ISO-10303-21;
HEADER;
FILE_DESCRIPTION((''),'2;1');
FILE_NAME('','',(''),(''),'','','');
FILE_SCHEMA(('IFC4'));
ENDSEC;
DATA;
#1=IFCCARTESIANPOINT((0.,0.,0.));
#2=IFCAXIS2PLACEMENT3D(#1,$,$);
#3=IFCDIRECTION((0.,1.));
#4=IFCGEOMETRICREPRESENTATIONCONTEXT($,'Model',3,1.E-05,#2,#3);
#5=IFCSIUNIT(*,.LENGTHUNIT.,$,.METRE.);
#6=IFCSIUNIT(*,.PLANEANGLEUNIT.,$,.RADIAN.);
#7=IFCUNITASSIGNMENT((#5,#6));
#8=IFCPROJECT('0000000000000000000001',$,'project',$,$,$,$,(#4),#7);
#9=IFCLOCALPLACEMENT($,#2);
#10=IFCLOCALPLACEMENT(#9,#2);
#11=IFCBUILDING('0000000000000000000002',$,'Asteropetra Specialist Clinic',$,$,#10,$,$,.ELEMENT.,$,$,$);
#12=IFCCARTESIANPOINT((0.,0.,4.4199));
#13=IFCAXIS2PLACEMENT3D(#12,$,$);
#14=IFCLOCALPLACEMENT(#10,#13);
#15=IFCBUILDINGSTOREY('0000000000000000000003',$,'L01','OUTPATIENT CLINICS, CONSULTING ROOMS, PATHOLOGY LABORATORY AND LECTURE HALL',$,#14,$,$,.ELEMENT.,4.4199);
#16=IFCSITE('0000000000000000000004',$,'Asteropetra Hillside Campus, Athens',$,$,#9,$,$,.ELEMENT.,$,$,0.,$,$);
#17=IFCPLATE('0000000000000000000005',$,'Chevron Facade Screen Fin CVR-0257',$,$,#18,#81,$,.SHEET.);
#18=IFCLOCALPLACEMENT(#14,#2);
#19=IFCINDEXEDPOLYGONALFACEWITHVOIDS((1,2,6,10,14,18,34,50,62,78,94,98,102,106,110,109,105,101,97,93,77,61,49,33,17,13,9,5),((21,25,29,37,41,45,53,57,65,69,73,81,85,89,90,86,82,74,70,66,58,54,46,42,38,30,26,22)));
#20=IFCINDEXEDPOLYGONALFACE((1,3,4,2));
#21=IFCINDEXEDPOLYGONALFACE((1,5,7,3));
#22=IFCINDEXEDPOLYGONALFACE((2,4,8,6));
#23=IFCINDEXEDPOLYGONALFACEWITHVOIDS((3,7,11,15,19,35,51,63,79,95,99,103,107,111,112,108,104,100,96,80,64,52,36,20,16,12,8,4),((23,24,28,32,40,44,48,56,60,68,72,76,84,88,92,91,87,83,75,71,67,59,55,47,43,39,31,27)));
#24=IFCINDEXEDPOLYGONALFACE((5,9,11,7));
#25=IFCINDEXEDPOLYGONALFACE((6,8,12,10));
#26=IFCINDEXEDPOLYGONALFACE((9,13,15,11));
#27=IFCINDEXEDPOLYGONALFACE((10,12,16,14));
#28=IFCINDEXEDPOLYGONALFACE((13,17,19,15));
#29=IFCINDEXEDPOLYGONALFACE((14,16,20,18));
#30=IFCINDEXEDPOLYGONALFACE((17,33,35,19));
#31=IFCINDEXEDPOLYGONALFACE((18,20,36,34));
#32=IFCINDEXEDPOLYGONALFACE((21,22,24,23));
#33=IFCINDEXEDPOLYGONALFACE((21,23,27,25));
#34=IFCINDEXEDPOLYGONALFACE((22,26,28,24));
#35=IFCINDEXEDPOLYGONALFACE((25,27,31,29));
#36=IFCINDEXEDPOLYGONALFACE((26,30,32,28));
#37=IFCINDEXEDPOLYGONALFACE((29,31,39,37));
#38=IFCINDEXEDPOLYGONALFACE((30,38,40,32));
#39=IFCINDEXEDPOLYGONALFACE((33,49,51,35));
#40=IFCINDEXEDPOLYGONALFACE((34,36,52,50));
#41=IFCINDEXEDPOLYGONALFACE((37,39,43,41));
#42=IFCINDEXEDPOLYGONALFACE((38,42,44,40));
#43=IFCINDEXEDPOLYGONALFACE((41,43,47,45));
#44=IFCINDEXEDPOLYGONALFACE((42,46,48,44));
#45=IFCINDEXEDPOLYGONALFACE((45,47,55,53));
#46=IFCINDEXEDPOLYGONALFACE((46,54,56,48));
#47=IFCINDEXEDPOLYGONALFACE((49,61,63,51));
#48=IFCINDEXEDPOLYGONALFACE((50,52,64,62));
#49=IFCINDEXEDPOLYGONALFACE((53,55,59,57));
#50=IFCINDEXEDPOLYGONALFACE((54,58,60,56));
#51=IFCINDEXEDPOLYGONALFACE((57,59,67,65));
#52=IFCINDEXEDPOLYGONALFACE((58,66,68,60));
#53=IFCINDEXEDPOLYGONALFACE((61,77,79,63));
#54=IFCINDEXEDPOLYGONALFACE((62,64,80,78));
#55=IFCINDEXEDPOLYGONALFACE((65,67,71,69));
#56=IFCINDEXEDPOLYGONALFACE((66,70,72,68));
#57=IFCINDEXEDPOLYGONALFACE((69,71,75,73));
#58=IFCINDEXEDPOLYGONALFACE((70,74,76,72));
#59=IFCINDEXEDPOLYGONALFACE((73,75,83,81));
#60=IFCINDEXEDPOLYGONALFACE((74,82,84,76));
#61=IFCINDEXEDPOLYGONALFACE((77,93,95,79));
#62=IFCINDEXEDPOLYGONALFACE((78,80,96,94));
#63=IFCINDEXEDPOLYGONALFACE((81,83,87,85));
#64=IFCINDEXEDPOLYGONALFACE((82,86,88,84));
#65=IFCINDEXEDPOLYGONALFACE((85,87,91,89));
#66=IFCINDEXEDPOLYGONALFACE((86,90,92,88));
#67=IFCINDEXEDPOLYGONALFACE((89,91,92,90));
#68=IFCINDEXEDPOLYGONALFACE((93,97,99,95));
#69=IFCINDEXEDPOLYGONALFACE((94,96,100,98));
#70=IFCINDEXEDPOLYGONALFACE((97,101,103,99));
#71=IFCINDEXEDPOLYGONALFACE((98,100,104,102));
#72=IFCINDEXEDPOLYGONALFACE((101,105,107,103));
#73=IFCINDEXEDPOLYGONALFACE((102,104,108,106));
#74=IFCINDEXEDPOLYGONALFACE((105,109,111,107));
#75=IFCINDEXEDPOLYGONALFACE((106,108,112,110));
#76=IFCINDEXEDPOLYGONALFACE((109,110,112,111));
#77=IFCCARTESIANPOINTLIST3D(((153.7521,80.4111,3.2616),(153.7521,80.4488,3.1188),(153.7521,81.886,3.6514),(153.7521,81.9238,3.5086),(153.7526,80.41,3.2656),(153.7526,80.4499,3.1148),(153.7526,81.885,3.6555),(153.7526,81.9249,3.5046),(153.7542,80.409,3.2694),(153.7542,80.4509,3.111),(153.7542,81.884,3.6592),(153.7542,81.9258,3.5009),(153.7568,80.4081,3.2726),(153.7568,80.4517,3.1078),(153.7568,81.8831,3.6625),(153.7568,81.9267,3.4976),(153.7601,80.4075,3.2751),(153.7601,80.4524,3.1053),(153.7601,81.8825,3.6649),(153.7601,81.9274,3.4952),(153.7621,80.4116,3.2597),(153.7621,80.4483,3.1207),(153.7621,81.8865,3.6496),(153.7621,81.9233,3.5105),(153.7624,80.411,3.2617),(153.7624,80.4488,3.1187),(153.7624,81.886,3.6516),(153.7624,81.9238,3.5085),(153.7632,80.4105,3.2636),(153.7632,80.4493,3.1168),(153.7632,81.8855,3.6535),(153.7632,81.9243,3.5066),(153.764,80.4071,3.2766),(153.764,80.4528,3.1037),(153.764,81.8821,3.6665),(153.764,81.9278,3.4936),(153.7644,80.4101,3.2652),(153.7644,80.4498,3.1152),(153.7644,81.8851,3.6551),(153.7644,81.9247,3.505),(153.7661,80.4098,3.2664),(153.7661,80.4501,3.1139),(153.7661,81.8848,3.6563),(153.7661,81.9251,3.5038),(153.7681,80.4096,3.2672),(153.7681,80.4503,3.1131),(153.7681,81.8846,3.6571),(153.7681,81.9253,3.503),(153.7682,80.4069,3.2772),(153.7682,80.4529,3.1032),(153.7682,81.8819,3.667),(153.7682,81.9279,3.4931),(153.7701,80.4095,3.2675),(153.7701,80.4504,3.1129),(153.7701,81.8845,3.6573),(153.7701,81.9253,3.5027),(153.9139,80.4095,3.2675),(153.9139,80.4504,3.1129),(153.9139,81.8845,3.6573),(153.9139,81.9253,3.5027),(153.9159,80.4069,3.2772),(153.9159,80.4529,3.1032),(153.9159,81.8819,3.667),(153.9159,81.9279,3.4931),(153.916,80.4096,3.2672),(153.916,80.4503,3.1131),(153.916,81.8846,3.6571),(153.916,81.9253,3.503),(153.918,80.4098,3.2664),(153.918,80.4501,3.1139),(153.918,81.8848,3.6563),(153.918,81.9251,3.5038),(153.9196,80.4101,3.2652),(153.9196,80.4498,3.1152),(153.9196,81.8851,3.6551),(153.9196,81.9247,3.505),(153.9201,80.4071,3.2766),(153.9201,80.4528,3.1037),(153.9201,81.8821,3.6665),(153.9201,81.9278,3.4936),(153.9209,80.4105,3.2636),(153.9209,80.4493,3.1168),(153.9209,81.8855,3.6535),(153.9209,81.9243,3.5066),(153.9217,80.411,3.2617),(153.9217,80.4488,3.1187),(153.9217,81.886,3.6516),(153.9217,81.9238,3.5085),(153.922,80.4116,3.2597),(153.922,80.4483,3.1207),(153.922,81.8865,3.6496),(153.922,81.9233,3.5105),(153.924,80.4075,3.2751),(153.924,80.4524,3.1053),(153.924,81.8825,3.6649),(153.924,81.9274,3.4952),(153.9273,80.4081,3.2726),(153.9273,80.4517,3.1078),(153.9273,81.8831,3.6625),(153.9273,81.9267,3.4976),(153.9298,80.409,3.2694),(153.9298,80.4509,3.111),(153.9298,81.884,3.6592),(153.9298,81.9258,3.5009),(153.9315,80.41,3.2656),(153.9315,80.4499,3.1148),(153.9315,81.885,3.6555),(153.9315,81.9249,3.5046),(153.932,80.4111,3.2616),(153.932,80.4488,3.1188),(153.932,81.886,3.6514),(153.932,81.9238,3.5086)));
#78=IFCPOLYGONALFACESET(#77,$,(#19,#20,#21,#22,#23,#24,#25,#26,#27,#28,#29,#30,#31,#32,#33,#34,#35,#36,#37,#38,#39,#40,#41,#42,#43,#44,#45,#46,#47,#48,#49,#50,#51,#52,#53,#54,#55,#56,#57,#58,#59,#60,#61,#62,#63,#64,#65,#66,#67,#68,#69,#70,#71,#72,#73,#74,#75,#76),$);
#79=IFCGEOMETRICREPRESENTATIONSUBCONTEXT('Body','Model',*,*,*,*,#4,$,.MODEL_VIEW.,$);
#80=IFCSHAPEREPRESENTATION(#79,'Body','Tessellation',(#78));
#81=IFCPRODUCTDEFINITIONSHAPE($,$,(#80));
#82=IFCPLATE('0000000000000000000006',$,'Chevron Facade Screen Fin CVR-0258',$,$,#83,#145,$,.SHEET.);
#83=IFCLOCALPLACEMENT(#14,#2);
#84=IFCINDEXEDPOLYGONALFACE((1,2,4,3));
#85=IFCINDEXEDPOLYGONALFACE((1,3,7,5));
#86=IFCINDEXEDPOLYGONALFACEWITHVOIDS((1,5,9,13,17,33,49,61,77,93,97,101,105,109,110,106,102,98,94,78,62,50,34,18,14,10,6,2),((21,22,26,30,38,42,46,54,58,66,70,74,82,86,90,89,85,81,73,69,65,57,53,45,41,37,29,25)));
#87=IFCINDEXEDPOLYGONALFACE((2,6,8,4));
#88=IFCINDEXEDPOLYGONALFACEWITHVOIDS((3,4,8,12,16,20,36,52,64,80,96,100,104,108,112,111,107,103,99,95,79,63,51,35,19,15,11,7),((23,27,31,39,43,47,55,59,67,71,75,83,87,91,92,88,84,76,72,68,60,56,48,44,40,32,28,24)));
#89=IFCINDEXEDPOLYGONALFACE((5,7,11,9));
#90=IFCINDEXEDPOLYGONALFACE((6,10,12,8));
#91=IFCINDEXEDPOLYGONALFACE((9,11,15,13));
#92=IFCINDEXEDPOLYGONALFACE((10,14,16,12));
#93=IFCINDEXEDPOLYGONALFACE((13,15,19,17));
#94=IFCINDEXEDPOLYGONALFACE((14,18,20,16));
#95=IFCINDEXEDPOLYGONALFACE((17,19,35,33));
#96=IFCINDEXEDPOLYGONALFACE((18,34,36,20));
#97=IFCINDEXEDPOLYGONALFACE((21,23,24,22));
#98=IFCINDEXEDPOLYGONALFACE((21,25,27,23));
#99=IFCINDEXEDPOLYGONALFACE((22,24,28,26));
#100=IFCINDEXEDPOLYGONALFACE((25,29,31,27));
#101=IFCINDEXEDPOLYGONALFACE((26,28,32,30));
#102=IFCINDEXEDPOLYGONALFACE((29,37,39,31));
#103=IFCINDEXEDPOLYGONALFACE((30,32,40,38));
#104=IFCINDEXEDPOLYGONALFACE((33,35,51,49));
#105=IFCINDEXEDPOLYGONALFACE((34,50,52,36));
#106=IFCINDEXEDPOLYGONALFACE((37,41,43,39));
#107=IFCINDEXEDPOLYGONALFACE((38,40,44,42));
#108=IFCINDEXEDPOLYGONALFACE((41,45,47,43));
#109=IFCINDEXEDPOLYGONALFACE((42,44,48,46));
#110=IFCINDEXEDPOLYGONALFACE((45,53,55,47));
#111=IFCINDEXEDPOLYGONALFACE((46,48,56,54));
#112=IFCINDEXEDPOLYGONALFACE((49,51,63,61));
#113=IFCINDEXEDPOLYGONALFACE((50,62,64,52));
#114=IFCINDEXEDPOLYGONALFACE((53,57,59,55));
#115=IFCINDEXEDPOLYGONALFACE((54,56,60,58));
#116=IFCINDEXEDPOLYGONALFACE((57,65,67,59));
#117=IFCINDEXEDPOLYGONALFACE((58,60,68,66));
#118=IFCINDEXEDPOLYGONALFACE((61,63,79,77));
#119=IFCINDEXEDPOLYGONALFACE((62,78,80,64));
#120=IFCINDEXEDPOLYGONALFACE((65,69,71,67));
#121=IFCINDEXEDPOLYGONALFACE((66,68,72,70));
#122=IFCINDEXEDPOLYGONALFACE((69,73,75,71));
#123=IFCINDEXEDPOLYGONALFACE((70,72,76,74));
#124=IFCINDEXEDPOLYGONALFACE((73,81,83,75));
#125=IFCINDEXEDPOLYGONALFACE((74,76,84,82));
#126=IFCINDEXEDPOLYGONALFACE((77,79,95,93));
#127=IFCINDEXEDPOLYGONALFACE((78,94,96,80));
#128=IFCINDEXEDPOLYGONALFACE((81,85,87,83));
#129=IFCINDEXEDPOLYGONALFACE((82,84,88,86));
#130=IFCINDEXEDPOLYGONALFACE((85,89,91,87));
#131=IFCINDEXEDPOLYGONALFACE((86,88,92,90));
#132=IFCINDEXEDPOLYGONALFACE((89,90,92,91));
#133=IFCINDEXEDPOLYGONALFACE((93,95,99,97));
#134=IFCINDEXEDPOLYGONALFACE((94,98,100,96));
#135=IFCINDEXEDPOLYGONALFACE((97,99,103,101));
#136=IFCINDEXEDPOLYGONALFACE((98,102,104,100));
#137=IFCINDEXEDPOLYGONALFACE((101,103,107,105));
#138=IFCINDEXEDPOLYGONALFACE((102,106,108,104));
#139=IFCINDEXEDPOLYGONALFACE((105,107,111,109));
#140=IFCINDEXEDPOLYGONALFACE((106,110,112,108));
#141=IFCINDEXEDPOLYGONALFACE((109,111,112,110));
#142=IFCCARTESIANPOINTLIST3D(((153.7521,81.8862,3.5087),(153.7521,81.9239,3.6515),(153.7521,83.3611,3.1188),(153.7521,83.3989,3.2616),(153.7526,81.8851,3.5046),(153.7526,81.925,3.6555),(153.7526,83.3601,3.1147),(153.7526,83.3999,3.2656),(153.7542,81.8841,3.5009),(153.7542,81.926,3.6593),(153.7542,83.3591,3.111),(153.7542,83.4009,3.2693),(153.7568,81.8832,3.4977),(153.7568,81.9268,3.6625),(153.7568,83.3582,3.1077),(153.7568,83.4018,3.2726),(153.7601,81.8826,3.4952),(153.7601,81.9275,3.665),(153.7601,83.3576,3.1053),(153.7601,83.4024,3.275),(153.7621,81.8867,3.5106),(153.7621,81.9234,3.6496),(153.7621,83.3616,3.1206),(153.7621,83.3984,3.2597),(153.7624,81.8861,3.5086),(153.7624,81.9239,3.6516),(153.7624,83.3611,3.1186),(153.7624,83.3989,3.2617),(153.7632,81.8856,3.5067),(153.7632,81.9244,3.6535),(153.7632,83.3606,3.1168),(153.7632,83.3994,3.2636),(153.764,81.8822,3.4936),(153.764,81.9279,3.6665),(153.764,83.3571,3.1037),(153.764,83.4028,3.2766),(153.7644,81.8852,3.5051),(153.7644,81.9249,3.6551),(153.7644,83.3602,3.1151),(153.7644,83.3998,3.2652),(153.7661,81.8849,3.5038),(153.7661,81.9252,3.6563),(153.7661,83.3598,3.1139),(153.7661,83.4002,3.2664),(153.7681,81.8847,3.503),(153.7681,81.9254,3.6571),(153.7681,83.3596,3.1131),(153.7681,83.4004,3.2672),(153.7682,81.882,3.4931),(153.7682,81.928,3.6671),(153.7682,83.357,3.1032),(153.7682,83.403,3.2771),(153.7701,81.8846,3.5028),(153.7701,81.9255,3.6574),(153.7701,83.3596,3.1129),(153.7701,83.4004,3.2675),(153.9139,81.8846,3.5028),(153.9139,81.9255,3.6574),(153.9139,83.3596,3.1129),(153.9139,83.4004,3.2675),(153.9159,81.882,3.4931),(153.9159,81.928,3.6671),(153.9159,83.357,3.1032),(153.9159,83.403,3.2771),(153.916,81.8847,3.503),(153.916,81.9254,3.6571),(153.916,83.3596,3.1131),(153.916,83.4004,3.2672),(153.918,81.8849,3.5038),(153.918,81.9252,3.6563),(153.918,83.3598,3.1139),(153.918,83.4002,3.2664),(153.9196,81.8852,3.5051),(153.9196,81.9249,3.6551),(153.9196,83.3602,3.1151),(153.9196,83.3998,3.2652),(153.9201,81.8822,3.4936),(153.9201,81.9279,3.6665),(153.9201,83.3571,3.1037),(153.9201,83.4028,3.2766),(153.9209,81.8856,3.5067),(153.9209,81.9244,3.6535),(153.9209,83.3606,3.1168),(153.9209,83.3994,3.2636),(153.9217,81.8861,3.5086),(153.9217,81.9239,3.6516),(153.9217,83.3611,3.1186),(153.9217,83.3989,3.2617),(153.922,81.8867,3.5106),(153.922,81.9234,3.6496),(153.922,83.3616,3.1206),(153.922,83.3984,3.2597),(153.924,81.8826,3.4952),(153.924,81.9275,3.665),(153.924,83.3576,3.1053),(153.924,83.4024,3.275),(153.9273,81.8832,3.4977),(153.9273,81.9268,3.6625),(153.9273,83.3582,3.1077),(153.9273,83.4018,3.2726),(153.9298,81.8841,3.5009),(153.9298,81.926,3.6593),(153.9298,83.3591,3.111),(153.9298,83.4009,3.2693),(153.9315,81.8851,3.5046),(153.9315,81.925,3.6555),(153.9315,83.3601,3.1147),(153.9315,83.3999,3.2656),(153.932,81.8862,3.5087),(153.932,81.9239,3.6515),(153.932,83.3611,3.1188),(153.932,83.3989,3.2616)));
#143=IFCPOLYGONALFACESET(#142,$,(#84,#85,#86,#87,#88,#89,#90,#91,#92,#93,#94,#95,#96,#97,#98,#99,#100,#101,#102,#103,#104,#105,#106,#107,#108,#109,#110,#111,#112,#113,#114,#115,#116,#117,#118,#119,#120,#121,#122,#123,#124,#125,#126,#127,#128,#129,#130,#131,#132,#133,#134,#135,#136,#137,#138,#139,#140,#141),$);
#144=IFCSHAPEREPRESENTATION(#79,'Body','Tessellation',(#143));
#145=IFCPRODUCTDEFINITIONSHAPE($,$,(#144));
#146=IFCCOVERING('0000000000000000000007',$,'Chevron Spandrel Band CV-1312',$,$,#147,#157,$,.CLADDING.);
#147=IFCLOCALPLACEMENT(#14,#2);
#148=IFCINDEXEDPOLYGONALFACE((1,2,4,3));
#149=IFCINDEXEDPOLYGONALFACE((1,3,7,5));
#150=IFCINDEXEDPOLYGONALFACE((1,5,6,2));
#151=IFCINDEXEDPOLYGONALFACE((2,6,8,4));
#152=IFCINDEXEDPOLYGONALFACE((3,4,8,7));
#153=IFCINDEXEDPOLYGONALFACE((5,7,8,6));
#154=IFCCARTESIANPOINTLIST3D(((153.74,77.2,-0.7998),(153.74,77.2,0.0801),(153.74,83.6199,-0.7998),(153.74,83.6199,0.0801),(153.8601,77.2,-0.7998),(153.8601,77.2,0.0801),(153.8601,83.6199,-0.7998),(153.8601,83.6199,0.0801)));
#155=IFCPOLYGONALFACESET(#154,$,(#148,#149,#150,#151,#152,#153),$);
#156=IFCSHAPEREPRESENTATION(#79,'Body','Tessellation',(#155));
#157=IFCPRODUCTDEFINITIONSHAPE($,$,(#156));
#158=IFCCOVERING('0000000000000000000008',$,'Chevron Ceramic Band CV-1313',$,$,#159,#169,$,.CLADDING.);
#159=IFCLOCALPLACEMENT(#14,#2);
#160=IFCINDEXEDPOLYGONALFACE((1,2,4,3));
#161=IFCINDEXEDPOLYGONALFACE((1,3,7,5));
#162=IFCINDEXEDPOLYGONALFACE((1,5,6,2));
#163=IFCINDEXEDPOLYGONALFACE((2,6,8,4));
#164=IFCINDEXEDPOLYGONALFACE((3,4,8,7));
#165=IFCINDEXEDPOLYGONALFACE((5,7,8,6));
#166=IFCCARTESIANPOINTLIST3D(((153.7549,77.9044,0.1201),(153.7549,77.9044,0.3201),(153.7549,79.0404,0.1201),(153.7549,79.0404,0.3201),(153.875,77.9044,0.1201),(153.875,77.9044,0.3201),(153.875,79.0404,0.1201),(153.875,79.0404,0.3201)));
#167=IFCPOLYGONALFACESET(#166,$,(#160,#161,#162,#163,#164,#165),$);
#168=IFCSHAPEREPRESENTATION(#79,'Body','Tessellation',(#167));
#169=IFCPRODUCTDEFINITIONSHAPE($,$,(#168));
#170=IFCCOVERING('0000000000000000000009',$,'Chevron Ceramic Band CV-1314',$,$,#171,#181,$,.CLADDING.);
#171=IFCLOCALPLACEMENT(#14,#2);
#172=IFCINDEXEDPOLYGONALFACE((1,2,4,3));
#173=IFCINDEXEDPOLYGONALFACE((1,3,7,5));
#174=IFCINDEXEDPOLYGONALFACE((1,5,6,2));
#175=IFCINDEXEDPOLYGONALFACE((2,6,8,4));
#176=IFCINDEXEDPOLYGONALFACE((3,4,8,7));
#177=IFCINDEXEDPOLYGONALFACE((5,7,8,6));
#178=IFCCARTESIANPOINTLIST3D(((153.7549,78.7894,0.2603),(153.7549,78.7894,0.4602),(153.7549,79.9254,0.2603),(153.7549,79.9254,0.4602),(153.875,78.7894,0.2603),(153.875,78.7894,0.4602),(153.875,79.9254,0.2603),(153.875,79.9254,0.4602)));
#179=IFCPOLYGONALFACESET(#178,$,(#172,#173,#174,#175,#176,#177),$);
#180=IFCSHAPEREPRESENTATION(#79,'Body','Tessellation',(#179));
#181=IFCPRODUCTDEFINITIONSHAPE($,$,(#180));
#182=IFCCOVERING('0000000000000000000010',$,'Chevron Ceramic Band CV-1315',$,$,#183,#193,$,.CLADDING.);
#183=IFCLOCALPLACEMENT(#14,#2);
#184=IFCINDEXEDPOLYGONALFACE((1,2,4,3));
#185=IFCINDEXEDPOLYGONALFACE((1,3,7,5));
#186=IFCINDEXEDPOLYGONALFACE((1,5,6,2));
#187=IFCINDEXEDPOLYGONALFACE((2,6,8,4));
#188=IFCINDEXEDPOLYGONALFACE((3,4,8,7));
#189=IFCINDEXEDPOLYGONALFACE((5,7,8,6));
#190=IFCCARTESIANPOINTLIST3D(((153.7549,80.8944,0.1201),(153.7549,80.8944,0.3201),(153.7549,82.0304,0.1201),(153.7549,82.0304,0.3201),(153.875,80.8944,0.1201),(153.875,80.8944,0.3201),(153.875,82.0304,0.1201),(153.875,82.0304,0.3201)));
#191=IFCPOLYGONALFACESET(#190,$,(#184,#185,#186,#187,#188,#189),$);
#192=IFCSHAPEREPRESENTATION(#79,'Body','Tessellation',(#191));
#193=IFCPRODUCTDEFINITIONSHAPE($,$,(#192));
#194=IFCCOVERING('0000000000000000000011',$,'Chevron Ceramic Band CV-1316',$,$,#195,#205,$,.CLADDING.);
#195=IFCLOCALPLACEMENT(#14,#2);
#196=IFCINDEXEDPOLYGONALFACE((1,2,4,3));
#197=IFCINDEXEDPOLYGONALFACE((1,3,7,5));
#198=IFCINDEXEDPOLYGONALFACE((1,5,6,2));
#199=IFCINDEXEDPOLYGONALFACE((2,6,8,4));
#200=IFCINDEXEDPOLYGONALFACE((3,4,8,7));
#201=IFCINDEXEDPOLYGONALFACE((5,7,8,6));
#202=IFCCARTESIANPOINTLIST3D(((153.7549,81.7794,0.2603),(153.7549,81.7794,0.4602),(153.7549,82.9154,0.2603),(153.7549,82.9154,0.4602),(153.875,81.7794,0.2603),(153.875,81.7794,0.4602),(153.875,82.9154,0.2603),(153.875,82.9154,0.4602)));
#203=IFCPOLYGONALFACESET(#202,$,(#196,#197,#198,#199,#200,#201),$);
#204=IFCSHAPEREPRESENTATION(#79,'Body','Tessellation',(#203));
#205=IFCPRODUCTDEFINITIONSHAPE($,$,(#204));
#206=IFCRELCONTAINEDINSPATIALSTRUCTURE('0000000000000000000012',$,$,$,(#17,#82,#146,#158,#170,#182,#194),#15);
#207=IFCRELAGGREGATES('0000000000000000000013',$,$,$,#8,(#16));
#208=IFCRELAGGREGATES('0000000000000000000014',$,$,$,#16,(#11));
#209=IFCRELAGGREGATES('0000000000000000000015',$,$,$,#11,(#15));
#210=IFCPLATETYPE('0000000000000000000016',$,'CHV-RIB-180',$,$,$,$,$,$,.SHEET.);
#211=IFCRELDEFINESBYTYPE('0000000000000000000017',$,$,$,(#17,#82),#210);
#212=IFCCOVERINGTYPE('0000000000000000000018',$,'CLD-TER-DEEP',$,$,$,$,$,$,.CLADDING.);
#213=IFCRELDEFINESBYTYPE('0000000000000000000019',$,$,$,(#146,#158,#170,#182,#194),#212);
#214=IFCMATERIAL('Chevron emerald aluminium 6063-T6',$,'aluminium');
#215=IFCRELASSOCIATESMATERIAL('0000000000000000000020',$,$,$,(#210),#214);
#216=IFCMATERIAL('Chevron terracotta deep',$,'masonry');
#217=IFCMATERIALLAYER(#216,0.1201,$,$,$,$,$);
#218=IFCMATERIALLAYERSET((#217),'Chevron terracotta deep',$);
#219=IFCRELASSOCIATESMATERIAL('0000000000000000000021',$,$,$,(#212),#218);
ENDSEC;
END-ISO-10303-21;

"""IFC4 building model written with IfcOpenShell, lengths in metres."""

from ifc_helpers import new_model, si_unit, direction, frame, origin, origin_2d, place, context, subcontext, project, spatial, rectangle, hollow_rectangle, extrude, material, layer, layer_set, material_profile, profile_set, type_object, element, save


model = new_model("IFC4")

# Units and contexts
model_context = context("Model", 3, precision=1e-05, world=origin(), true_north=direction((0.0, 1.0)))
body_context = subcontext(model_context, "Body", "Model", "MODEL_VIEW")
ifc_project = project(units=[si_unit("LENGTHUNIT", "METRE"), si_unit("PLANEANGLEUNIT", "RADIAN")], contexts=[model_context])

# Site, building, storey
site_placement = place(None, origin())
site = spatial("IfcSite", under=ifc_project, at=site_placement, Name="Asteropetra Hillside Campus, Athens", CompositionType="ELEMENT", RefElevation=0.0)
building_placement = place(site_placement, origin())
building = spatial("IfcBuilding", under=site, at=building_placement, Name="Asteropetra Specialist Clinic", CompositionType="ELEMENT")
storey_placement = place(building_placement, frame((0.0, 0.0, 4.4199)))
storey = spatial("IfcBuildingStorey", under=building, at=storey_placement, Name="L01", Description="OUTPATIENT CLINICS, CONSULTING ROOMS, PATHOLOGY LABORATORY AND LECTURE HALL", CompositionType="ELEMENT", Elevation=4.4199)

# Plates
ifc_material_1 = material(Name="Chevron emerald aluminium 6063-T6", Category="aluminium")
ifc_material_profile = material_profile(ifc_material_1, hollow_rectangle(XDim=0.1799, YDim=0.1799, WallThickness=0.01, InnerFilletRadius=0.0081, OuterFilletRadius=0.0161, at=origin_2d()), Name="SHS 180x180x10.0")
ifc_profile_set = profile_set([ifc_material_profile], Name="Chevron emerald aluminium 6063-T6")
plate_type = type_object("IfcPlateType", Name="CHV-RIB-180", PredefinedType="SHEET", material=ifc_profile_set)
for number, where, z_axis, x_axis, name in (
    (1, (153.842, 80.4299, 3.1902), (0.0, 0.966798, 0.255541), (-1.0, 0.0, 0.0), "Chevron Facade Screen Fin CVR-0257"),
    (2, (153.842, 81.905, 3.5801), (0.0, 0.966788, -0.25558), (-1.0, 0.0, 0.0), "Chevron Facade Screen Fin CVR-0258"),
):
    element("IfcPlate", number, at=place(storey_placement, frame(where, z_axis=z_axis, x_axis=x_axis)), inside=storey, type_object=plate_type, Name=name, PredefinedType="SHEET", context=body_context, shape_type="SweptSolid", body=[
        extrude(hollow_rectangle(XDim=0.1799, YDim=0.1799, WallThickness=0.01, InnerFilletRadius=0.0081, OuterFilletRadius=0.0161, at=origin_2d()), origin(), (0.0, 0.0, 1.0), 1.5256),
    ])

# Coverings
ifc_material_2 = material(Name="Chevron terracotta deep", Category="masonry")
ifc_layer_1 = layer(ifc_material_2, 0.1201)
ifc_layer_set_1 = layer_set([ifc_layer_1], Name="Chevron terracotta deep")
covering_type_1 = type_object("IfcCoveringType", Name="CLD-TER-DEEP", PredefinedType="CLADDING", material=ifc_layer_set_1)
covering_1_placement = place(storey_placement, frame((153.8, 80.4099, -0.7998), z_axis=(0.0, 0.0, 1.0), x_axis=(1.0, 0.0, 0.0)))
element("IfcCovering", 3, at=covering_1_placement, inside=storey, type_object=covering_type_1, Name="Chevron Spandrel Band CV-1312", PredefinedType="CLADDING", context=body_context, shape_type="SweptSolid", body=[
    extrude(rectangle(XDim=0.1201, YDim=6.4199, at=origin_2d()), origin(), (0.0, 0.0, 1.0), 0.8799),
])
for number, where, z_axis, x_axis, name in (
    (4, (153.8149, 78.4724, 0.1201), (0.0, 0.0, 1.0), (1.0, 0.0, 0.0), "Chevron Ceramic Band CV-1313"),
    (5, (153.8149, 79.3574, 0.2603), (0.0, 0.0, 1.0), (1.0, 0.0, 0.0), "Chevron Ceramic Band CV-1314"),
    (6, (153.8149, 81.4624, 0.1201), (0.0, 0.0, 1.0), (1.0, 0.0, 0.0), "Chevron Ceramic Band CV-1315"),
    (7, (153.8149, 82.3474, 0.2603), (0.0, 0.0, 1.0), (1.0, 0.0, 0.0), "Chevron Ceramic Band CV-1316"),
):
    element("IfcCovering", number, at=place(storey_placement, frame(where, z_axis=z_axis, x_axis=x_axis)), inside=storey, type_object=covering_type_1, Name=name, PredefinedType="CLADDING", context=body_context, shape_type="SweptSolid", body=[
        extrude(rectangle(XDim=0.1201, YDim=1.136, at=origin_2d()), origin(), (0.0, 0.0, 1.0), 0.2),
    ])

save(model, "model.ifc")
